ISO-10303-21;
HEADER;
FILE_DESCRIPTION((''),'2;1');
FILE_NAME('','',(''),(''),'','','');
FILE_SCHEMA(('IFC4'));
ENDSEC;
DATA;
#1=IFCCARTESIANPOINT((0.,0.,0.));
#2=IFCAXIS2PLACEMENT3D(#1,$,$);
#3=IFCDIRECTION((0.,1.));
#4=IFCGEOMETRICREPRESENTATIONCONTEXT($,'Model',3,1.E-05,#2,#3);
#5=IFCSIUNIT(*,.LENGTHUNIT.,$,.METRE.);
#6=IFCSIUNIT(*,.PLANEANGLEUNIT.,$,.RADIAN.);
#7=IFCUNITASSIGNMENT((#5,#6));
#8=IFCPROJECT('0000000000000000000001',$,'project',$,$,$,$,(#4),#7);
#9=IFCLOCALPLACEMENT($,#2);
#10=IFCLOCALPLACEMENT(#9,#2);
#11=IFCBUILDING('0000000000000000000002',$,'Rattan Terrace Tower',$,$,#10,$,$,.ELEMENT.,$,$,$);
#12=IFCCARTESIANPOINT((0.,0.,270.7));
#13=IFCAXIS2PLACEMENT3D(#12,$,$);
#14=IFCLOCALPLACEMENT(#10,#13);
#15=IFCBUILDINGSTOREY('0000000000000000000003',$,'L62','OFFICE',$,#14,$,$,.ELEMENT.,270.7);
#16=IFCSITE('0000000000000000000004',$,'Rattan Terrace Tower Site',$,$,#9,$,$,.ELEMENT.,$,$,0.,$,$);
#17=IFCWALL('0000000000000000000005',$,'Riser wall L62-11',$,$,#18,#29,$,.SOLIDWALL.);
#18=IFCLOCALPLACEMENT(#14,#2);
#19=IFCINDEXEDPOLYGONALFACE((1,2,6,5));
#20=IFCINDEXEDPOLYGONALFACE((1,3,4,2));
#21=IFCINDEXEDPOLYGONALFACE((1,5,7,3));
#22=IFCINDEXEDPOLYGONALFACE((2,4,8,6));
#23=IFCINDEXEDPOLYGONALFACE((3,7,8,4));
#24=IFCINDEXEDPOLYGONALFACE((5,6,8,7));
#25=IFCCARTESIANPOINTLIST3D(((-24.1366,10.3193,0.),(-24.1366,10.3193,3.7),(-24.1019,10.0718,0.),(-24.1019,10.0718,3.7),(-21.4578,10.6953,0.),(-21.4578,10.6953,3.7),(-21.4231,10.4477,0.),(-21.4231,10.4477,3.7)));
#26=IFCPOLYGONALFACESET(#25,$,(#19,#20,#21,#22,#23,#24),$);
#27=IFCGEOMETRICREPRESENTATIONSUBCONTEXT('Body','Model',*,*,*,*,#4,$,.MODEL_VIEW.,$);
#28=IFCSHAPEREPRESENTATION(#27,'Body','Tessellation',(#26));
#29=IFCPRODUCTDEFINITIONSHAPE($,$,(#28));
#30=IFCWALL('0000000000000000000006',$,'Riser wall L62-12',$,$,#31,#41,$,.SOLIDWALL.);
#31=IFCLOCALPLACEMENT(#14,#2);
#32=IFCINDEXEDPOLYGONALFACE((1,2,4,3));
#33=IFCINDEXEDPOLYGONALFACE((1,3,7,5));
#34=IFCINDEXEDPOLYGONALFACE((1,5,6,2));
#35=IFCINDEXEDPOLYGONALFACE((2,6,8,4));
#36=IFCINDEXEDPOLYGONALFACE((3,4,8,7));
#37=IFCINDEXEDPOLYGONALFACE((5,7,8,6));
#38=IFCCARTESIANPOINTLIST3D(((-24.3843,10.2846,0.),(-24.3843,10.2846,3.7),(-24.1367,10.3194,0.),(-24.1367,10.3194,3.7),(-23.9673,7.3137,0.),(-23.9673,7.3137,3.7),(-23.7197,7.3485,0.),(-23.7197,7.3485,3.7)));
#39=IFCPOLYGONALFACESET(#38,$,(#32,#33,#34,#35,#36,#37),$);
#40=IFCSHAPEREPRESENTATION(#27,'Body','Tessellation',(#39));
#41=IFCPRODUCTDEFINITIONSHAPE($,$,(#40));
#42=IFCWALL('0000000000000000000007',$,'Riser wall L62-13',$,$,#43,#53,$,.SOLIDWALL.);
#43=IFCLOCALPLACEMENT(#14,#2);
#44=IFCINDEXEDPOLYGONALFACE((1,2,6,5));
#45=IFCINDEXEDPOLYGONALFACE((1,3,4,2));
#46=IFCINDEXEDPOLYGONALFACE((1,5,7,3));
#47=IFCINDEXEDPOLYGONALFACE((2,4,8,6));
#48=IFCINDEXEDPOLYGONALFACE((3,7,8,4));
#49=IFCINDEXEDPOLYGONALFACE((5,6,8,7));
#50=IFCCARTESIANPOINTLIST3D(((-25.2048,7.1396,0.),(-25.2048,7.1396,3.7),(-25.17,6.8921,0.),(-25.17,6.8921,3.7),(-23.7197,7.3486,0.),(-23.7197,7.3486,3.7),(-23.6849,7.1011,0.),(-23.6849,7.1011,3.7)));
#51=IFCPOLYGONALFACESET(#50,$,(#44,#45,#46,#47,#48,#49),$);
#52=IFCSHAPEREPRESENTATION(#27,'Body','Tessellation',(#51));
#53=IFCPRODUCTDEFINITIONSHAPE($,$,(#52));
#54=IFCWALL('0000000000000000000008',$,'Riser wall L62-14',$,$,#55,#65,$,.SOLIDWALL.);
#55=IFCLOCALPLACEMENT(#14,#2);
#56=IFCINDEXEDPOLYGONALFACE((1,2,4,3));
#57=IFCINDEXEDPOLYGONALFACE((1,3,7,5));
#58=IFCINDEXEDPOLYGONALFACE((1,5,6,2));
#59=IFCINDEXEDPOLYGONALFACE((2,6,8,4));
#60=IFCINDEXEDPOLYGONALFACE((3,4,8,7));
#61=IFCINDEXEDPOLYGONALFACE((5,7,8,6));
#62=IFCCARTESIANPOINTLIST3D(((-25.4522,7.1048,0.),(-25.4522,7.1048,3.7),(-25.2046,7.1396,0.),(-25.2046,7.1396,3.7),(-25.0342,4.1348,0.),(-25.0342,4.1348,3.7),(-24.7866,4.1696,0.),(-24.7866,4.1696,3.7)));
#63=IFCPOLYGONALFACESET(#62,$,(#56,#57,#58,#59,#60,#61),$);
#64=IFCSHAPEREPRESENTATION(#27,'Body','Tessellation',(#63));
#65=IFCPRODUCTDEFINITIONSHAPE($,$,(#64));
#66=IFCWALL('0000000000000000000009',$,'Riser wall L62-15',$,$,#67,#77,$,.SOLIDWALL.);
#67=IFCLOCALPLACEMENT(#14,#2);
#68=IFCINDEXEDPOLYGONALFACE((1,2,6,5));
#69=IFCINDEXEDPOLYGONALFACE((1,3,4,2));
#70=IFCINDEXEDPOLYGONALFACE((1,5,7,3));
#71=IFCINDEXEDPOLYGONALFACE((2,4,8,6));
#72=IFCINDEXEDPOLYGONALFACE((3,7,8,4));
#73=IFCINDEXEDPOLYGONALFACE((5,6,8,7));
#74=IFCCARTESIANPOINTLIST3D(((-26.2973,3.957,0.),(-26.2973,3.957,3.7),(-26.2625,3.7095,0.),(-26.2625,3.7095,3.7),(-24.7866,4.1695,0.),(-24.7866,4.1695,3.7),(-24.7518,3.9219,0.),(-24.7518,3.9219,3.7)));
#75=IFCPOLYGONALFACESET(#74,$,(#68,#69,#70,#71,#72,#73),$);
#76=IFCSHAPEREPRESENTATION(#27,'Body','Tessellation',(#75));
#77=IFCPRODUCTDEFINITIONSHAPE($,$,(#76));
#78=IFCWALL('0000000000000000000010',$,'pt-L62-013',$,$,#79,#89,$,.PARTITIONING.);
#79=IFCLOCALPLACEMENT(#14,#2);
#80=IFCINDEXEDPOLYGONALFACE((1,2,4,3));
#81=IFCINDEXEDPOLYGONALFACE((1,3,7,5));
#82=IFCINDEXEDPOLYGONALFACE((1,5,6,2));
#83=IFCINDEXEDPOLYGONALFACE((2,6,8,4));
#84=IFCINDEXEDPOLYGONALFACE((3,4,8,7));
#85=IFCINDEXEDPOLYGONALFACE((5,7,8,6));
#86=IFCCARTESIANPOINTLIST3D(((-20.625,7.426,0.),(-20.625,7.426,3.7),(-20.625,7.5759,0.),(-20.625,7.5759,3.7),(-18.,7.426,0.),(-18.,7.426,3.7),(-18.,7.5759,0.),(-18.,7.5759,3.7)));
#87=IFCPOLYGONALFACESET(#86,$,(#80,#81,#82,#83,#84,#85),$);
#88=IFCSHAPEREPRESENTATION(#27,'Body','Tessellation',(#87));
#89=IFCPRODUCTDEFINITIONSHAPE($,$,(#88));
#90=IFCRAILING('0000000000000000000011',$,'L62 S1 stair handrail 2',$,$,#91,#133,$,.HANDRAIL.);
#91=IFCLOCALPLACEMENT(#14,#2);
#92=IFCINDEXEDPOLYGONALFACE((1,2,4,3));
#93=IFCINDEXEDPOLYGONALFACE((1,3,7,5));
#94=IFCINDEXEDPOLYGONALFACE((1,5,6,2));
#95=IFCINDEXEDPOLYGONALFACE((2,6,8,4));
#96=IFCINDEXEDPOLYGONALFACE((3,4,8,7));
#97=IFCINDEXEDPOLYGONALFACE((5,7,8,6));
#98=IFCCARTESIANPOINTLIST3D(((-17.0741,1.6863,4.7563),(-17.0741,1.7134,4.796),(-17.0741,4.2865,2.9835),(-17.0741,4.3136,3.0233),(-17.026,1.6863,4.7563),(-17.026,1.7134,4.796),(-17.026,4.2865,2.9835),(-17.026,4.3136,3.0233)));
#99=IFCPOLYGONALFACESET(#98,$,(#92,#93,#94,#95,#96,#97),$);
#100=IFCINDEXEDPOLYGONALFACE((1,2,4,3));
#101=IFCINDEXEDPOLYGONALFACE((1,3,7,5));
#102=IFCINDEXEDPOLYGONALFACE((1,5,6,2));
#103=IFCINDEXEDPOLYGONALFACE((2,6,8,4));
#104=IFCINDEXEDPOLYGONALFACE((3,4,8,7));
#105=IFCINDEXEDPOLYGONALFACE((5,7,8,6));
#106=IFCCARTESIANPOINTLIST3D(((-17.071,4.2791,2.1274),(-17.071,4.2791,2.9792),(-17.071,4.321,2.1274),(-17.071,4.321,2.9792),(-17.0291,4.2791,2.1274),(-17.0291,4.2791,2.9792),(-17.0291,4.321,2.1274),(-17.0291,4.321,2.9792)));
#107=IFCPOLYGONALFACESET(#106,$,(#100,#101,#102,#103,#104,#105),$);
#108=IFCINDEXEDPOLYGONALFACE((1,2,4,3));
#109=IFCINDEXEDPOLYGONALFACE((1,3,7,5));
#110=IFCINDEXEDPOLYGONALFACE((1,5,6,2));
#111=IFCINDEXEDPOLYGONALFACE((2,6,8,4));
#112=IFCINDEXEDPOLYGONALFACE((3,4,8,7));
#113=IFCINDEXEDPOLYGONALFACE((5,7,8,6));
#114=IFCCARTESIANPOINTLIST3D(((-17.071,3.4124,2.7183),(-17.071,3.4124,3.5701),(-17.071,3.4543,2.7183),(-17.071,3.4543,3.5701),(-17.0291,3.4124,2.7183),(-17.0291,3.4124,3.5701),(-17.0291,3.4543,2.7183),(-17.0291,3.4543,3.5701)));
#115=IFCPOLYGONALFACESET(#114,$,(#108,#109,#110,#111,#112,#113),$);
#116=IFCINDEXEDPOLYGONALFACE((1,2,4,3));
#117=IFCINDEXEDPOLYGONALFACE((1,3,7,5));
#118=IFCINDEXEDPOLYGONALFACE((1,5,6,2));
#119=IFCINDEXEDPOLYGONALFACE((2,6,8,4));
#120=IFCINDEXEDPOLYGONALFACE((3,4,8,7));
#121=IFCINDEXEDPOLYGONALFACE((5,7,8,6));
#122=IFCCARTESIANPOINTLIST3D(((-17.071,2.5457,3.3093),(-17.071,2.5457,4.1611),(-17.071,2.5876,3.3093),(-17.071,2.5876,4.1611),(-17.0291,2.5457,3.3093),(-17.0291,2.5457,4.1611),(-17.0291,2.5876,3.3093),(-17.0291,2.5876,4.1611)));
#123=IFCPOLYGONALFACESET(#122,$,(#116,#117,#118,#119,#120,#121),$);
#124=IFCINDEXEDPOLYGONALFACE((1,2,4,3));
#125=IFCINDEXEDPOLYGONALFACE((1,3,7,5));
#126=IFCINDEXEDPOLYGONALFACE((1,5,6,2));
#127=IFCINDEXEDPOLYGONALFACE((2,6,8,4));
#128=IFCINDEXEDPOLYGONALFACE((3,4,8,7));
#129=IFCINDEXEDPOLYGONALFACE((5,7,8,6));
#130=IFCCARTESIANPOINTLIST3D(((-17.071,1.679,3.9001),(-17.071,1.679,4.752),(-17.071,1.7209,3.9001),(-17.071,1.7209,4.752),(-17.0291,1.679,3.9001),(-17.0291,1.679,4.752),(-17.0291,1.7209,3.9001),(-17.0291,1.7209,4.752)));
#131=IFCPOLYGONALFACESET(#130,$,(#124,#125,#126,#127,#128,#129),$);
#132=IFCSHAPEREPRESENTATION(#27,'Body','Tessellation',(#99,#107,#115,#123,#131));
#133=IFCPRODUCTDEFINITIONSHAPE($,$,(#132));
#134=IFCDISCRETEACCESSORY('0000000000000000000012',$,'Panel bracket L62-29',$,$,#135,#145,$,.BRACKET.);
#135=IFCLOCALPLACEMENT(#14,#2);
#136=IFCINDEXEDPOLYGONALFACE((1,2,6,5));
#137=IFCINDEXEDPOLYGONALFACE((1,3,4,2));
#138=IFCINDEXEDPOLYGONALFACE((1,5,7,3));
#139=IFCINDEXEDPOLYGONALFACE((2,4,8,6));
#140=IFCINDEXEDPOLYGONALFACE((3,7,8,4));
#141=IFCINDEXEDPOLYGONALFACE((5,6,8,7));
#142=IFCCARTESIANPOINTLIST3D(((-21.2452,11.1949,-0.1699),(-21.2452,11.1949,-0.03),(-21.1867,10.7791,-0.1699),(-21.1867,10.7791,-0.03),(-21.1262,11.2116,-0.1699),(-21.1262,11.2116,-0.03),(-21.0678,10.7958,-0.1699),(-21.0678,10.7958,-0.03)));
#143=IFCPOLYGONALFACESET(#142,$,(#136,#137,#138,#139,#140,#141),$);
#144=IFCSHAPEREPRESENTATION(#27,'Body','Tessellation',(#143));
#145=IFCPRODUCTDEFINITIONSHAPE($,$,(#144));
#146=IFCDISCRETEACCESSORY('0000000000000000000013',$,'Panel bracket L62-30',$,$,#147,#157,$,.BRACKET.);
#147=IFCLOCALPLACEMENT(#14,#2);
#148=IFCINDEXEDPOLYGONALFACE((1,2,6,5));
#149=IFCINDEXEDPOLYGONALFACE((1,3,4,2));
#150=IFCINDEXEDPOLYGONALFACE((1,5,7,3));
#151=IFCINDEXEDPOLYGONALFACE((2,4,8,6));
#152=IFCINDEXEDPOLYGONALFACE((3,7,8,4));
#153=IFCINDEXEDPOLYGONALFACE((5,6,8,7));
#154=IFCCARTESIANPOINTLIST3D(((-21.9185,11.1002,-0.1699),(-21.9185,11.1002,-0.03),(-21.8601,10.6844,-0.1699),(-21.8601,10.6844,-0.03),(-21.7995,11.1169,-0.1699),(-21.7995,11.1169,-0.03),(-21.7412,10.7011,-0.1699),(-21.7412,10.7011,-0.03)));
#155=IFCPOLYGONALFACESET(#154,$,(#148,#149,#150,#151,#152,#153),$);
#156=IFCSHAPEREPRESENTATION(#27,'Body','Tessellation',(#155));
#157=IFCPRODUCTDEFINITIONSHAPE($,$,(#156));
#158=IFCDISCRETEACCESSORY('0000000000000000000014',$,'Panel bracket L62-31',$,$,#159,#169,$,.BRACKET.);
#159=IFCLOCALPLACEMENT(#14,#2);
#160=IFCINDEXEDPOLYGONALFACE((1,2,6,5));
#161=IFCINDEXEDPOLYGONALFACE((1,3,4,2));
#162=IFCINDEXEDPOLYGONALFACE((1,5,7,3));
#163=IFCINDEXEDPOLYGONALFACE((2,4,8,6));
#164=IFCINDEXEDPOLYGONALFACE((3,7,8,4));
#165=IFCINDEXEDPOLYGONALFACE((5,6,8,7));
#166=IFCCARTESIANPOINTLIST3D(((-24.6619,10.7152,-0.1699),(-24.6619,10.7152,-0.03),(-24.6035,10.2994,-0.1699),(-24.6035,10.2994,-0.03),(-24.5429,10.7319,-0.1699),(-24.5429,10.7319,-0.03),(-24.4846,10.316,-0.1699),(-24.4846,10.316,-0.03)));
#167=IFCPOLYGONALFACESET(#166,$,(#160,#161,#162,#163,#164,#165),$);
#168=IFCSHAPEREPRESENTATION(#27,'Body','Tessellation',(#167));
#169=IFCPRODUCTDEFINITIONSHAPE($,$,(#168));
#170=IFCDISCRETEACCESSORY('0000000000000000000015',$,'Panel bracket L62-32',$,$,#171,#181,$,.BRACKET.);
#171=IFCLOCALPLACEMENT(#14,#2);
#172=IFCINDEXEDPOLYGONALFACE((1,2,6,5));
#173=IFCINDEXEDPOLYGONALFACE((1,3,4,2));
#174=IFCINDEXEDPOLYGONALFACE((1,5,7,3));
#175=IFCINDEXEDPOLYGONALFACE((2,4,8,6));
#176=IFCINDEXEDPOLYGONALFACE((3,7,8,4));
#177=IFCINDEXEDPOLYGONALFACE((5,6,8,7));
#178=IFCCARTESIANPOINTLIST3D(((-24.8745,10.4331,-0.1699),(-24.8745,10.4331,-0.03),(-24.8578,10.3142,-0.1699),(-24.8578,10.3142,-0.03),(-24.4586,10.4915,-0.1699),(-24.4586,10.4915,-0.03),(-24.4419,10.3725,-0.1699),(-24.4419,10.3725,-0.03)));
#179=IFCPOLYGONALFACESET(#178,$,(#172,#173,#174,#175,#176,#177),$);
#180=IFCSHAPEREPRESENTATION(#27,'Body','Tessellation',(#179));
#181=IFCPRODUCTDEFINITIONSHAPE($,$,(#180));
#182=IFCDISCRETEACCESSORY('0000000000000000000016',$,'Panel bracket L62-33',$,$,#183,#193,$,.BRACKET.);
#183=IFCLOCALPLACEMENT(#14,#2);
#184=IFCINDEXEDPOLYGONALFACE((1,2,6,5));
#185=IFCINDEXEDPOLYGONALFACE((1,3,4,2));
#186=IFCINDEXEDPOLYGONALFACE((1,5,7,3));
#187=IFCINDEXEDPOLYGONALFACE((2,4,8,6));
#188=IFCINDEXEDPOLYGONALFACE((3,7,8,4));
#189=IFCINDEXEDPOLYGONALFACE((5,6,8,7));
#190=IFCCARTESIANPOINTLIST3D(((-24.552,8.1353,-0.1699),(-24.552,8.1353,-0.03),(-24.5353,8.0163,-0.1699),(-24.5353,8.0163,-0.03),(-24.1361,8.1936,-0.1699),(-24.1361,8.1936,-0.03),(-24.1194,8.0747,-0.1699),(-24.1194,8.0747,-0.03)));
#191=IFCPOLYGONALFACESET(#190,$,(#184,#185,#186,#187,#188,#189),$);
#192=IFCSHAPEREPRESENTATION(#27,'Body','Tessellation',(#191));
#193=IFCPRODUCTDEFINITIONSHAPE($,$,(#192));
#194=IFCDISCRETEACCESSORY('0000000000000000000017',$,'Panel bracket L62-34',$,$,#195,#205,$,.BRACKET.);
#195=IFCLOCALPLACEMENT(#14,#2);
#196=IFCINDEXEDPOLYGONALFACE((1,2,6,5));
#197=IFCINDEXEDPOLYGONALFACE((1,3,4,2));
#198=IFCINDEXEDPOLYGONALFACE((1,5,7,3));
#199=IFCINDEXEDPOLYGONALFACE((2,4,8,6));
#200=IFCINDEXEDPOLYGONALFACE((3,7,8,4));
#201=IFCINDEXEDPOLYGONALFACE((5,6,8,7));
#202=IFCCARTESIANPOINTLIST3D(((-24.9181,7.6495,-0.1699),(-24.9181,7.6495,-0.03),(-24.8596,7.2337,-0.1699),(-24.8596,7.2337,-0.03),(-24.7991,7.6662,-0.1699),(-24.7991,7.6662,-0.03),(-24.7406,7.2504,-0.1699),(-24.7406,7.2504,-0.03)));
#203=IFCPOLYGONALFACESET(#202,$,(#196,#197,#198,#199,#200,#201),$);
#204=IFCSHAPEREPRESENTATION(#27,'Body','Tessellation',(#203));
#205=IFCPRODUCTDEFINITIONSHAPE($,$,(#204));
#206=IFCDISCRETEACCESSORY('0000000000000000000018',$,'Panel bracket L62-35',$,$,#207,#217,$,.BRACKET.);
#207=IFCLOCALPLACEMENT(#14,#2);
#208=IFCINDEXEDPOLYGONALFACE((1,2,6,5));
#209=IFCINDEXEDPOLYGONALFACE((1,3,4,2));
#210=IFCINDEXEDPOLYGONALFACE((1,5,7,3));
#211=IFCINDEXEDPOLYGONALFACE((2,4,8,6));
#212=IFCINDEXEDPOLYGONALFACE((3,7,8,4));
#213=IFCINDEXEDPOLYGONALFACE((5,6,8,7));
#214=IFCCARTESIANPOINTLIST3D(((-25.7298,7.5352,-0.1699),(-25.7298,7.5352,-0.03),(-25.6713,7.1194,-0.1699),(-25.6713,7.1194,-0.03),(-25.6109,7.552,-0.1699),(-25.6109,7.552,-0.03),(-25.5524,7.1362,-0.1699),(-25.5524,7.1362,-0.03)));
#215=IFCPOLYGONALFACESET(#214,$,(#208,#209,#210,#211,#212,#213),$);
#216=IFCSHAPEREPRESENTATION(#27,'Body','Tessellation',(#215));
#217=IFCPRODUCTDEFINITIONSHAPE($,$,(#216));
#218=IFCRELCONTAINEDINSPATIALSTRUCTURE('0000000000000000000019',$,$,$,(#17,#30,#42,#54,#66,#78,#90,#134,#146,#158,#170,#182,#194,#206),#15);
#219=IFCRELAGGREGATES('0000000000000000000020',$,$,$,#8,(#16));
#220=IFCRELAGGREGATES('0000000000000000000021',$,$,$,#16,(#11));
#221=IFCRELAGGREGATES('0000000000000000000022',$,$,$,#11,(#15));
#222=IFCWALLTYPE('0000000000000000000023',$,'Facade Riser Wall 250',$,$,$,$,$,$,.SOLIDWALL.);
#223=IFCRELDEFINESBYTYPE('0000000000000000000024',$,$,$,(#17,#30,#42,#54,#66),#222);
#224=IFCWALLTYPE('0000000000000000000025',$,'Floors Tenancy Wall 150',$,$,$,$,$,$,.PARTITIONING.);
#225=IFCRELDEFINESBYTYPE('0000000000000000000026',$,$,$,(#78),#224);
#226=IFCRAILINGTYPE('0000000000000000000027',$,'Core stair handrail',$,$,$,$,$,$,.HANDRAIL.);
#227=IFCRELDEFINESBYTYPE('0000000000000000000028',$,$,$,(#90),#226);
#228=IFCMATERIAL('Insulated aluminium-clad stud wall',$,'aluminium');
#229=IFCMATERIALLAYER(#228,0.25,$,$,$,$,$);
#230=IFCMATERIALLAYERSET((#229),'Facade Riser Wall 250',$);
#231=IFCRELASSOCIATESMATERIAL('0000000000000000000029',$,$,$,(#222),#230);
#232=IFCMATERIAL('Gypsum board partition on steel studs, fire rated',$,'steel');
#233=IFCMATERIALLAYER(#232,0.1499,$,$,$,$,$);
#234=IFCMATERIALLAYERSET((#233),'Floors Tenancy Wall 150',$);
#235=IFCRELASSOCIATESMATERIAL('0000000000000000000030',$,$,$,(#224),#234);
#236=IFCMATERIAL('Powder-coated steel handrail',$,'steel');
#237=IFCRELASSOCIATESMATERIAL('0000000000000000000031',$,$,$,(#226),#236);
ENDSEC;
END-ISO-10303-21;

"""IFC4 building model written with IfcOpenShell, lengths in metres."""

from ifc_helpers import new_model, si_unit, direction, frame, frame_2d, origin, origin_2d, place, context, subcontext, project, spatial, rectangle, extrude, material, layer, layer_set, type_object, element, save


model = new_model("IFC4")

# Units and contexts
model_context = context("Model", 3, precision=1e-05, world=origin(), true_north=direction((0.0, 1.0)))
body_context = subcontext(model_context, "Body", "Model", "MODEL_VIEW")
ifc_project = project(units=[si_unit("LENGTHUNIT", "METRE"), si_unit("PLANEANGLEUNIT", "RADIAN")], contexts=[model_context])

# Site, building, storey
site_placement = place(None, origin())
site = spatial("IfcSite", under=ifc_project, at=site_placement, Name="Rattan Terrace Tower Site", CompositionType="ELEMENT", RefElevation=0.0)
building_placement = place(site_placement, origin())
building = spatial("IfcBuilding", under=site, at=building_placement, Name="Rattan Terrace Tower", CompositionType="ELEMENT")
storey_placement = place(building_placement, frame((0.0, 0.0, 270.7)))
storey = spatial("IfcBuildingStorey", under=building, at=storey_placement, Name="L62", Description="OFFICE", CompositionType="ELEMENT", Elevation=270.7)

# Walls
ifc_material_1 = material(Name="Insulated aluminium-clad stud wall", Category="aluminium")
ifc_layer_1 = layer(ifc_material_1, 0.25)
ifc_layer_set_1 = layer_set([ifc_layer_1], Name="Facade Riser Wall 250")
wall_type_1 = type_object("IfcWallType", Name="Facade Riser Wall 250", PredefinedType="SOLIDWALL", material=ifc_layer_set_1)
wall_1_placement = place(storey_placement, frame((-21.4404, 10.5715, 0.0), z_axis=(0.0, 0.0, 1.0), x_axis=(-0.990293, -0.138995, 0.0)))
element("IfcWall", 1, at=wall_1_placement, inside=storey, type_object=wall_type_1, Name="Riser wall L62-11", PredefinedType="SOLIDWALL", context=body_context, shape_type="SweptSolid", body=[
    extrude(rectangle(XDim=2.7051, YDim=0.25, at=frame_2d((1.3525, 0.0))), origin(), (0.0, 0.0, 1.0), 3.7),
])
wall_2_placement = place(storey_placement, frame((-24.2605, 10.302, 0.0), z_axis=(0.0, 0.0, 1.0), x_axis=(0.138994, -0.990293, 0.0)))
element("IfcWall", 2, at=wall_2_placement, inside=storey, type_object=wall_type_1, Name="Riser wall L62-12", PredefinedType="SOLIDWALL", context=body_context, shape_type="SweptSolid", body=[
    extrude(rectangle(XDim=3.0, YDim=0.25, at=frame_2d((1.5, 0.0))), origin(), (0.0, 0.0, 1.0), 3.7),
])
wall_3_placement = place(storey_placement, frame((-23.7021, 7.2249, 0.0), z_axis=(0.0, 0.0, 1.0), x_axis=(-0.990244, -0.139347, 0.0)))
element("IfcWall", 3, at=wall_3_placement, inside=storey, type_object=wall_type_1, Name="Riser wall L62-13", PredefinedType="SOLIDWALL", context=body_context, shape_type="SweptSolid", body=[
    extrude(rectangle(XDim=1.4998, YDim=0.25, at=frame_2d((0.75, 0.0))), origin(), (0.0, 0.0, 1.0), 3.7),
])
wall_4_placement = place(storey_placement, frame((-25.3284, 7.1221, 0.0), z_axis=(0.0, 0.0, 1.0), x_axis=(0.139358, -0.990242, 0.0)))
element("IfcWall", 4, at=wall_4_placement, inside=storey, type_object=wall_type_1, Name="Riser wall L62-14", PredefinedType="SOLIDWALL", context=body_context, shape_type="SweptSolid", body=[
    extrude(rectangle(XDim=2.9993, YDim=0.25, at=frame_2d((1.4995, 0.0))), origin(), (0.0, 0.0, 1.0), 3.7),
])
wall_5_placement = place(storey_placement, frame((-24.7693, 4.0457, 0.0), z_axis=(0.0, 0.0, 1.0), x_axis=(-0.990261, -0.139225, 0.0)))
element("IfcWall", 5, at=wall_5_placement, inside=storey, type_object=wall_type_1, Name="Riser wall L62-15", PredefinedType="SOLIDWALL", context=body_context, shape_type="SweptSolid", body=[
    extrude(rectangle(XDim=1.5256, YDim=0.25, at=frame_2d((0.7627, 0.0))), origin(), (0.0, 0.0, 1.0), 3.7),
])
ifc_material_2 = material(Name="Gypsum board partition on steel studs, fire rated", Category="steel")
ifc_layer_2 = layer(ifc_material_2, 0.1499)
ifc_layer_set_2 = layer_set([ifc_layer_2], Name="Floors Tenancy Wall 150")
wall_type_2 = type_object("IfcWallType", Name="Floors Tenancy Wall 150", PredefinedType="PARTITIONING", material=ifc_layer_set_2)
wall_6_placement = place(storey_placement, frame((-20.625, 7.501, 0.0), z_axis=(0.0, 0.0, 1.0), x_axis=(1.0, 0.0, 0.0)))
element("IfcWall", 6, at=wall_6_placement, inside=storey, type_object=wall_type_2, Name="pt-L62-013", PredefinedType="PARTITIONING", context=body_context, shape_type="SweptSolid", body=[
    extrude(rectangle(XDim=2.625, YDim=0.1499, at=frame_2d((1.3125, 0.0))), origin(), (0.0, 0.0, 1.0), 3.7),
])

# Railing
ifc_material_3 = material(Name="Powder-coated steel handrail", Category="steel")
railing_type = type_object("IfcRailingType", Name="Core stair handrail", PredefinedType="HANDRAIL", material=ifc_material_3)
railing_placement = place(storey_placement, frame((-17.05, 4.3, 2.1274)))
element("IfcRailing", 7, at=railing_placement, inside=storey, type_object=railing_type, Name="L62 S1 stair handrail 2", PredefinedType="HANDRAIL", context=body_context, shape_type="SweptSolid", body=[
    extrude(rectangle(XDim=0.0481, YDim=0.0481, at=origin_2d()), frame((0.0, 0.0, 0.876), z_axis=(0.0, -0.82624, 0.563318), x_axis=(1.0, 0.0, 0.0)), (0.0, 0.0, 1.0), 3.147),
    extrude(rectangle(XDim=0.042, YDim=0.042, at=origin_2d()), origin(), (0.0, 0.0, 1.0), 0.8518),
    extrude(rectangle(XDim=0.042, YDim=0.042, at=origin_2d()), frame((0.0, -0.8667, 0.5908)), (0.0, 0.0, 1.0), 0.8518),
    extrude(rectangle(XDim=0.042, YDim=0.042, at=origin_2d()), frame((0.0, -1.7334, 1.1819)), (0.0, 0.0, 1.0), 0.8518),
    extrude(rectangle(XDim=0.042, YDim=0.042, at=origin_2d()), frame((0.0, -2.6001, 1.7727)), (0.0, 0.0, 1.0), 0.8518),
])

# Discrete accessories
for number, where, z_axis, x_axis, name in (
    (8, (-21.1565, 10.9954, -0.1699), (0.0, 0.0, 1.0), (-0.990266, -0.139189, 0.0), "Panel bracket L62-29"),
    (9, (-21.8298, 10.9006, -0.1699), (0.0, 0.0, 1.0), (-0.990293, -0.138994, 0.0), "Panel bracket L62-30"),
    (10, (-24.5732, 10.5156, -0.1699), (0.0, 0.0, 1.0), (-0.990293, -0.138994, 0.0), "Panel bracket L62-31"),
    (11, (-24.6582, 10.4028, -0.1699), (0.0, 0.0, 1.0), (0.138994, -0.990293, 0.0), "Panel bracket L62-32"),
    (12, (-24.3357, 8.105, -0.1699), (0.0, 0.0, 1.0), (0.138994, -0.990293, 0.0), "Panel bracket L62-33"),
    (13, (-24.8293, 7.45, -0.1699), (0.0, 0.0, 1.0), (-0.990241, -0.139367, 0.0), "Panel bracket L62-34"),
    (14, (-25.6411, 7.3357, -0.1699), (0.0, 0.0, 1.0), (-0.990241, -0.139367, 0.0), "Panel bracket L62-35"),
):
    element("IfcDiscreteAccessory", number, at=place(storey_placement, frame(where, z_axis=z_axis, x_axis=x_axis)), inside=storey, Name=name, PredefinedType="BRACKET", context=body_context, shape_type="SweptSolid", body=[
        extrude(rectangle(XDim=0.1201, YDim=0.4199, at=origin_2d()), origin(), (0.0, 0.0, 1.0), 0.1399),
    ])

save(model, "model.ifc")
